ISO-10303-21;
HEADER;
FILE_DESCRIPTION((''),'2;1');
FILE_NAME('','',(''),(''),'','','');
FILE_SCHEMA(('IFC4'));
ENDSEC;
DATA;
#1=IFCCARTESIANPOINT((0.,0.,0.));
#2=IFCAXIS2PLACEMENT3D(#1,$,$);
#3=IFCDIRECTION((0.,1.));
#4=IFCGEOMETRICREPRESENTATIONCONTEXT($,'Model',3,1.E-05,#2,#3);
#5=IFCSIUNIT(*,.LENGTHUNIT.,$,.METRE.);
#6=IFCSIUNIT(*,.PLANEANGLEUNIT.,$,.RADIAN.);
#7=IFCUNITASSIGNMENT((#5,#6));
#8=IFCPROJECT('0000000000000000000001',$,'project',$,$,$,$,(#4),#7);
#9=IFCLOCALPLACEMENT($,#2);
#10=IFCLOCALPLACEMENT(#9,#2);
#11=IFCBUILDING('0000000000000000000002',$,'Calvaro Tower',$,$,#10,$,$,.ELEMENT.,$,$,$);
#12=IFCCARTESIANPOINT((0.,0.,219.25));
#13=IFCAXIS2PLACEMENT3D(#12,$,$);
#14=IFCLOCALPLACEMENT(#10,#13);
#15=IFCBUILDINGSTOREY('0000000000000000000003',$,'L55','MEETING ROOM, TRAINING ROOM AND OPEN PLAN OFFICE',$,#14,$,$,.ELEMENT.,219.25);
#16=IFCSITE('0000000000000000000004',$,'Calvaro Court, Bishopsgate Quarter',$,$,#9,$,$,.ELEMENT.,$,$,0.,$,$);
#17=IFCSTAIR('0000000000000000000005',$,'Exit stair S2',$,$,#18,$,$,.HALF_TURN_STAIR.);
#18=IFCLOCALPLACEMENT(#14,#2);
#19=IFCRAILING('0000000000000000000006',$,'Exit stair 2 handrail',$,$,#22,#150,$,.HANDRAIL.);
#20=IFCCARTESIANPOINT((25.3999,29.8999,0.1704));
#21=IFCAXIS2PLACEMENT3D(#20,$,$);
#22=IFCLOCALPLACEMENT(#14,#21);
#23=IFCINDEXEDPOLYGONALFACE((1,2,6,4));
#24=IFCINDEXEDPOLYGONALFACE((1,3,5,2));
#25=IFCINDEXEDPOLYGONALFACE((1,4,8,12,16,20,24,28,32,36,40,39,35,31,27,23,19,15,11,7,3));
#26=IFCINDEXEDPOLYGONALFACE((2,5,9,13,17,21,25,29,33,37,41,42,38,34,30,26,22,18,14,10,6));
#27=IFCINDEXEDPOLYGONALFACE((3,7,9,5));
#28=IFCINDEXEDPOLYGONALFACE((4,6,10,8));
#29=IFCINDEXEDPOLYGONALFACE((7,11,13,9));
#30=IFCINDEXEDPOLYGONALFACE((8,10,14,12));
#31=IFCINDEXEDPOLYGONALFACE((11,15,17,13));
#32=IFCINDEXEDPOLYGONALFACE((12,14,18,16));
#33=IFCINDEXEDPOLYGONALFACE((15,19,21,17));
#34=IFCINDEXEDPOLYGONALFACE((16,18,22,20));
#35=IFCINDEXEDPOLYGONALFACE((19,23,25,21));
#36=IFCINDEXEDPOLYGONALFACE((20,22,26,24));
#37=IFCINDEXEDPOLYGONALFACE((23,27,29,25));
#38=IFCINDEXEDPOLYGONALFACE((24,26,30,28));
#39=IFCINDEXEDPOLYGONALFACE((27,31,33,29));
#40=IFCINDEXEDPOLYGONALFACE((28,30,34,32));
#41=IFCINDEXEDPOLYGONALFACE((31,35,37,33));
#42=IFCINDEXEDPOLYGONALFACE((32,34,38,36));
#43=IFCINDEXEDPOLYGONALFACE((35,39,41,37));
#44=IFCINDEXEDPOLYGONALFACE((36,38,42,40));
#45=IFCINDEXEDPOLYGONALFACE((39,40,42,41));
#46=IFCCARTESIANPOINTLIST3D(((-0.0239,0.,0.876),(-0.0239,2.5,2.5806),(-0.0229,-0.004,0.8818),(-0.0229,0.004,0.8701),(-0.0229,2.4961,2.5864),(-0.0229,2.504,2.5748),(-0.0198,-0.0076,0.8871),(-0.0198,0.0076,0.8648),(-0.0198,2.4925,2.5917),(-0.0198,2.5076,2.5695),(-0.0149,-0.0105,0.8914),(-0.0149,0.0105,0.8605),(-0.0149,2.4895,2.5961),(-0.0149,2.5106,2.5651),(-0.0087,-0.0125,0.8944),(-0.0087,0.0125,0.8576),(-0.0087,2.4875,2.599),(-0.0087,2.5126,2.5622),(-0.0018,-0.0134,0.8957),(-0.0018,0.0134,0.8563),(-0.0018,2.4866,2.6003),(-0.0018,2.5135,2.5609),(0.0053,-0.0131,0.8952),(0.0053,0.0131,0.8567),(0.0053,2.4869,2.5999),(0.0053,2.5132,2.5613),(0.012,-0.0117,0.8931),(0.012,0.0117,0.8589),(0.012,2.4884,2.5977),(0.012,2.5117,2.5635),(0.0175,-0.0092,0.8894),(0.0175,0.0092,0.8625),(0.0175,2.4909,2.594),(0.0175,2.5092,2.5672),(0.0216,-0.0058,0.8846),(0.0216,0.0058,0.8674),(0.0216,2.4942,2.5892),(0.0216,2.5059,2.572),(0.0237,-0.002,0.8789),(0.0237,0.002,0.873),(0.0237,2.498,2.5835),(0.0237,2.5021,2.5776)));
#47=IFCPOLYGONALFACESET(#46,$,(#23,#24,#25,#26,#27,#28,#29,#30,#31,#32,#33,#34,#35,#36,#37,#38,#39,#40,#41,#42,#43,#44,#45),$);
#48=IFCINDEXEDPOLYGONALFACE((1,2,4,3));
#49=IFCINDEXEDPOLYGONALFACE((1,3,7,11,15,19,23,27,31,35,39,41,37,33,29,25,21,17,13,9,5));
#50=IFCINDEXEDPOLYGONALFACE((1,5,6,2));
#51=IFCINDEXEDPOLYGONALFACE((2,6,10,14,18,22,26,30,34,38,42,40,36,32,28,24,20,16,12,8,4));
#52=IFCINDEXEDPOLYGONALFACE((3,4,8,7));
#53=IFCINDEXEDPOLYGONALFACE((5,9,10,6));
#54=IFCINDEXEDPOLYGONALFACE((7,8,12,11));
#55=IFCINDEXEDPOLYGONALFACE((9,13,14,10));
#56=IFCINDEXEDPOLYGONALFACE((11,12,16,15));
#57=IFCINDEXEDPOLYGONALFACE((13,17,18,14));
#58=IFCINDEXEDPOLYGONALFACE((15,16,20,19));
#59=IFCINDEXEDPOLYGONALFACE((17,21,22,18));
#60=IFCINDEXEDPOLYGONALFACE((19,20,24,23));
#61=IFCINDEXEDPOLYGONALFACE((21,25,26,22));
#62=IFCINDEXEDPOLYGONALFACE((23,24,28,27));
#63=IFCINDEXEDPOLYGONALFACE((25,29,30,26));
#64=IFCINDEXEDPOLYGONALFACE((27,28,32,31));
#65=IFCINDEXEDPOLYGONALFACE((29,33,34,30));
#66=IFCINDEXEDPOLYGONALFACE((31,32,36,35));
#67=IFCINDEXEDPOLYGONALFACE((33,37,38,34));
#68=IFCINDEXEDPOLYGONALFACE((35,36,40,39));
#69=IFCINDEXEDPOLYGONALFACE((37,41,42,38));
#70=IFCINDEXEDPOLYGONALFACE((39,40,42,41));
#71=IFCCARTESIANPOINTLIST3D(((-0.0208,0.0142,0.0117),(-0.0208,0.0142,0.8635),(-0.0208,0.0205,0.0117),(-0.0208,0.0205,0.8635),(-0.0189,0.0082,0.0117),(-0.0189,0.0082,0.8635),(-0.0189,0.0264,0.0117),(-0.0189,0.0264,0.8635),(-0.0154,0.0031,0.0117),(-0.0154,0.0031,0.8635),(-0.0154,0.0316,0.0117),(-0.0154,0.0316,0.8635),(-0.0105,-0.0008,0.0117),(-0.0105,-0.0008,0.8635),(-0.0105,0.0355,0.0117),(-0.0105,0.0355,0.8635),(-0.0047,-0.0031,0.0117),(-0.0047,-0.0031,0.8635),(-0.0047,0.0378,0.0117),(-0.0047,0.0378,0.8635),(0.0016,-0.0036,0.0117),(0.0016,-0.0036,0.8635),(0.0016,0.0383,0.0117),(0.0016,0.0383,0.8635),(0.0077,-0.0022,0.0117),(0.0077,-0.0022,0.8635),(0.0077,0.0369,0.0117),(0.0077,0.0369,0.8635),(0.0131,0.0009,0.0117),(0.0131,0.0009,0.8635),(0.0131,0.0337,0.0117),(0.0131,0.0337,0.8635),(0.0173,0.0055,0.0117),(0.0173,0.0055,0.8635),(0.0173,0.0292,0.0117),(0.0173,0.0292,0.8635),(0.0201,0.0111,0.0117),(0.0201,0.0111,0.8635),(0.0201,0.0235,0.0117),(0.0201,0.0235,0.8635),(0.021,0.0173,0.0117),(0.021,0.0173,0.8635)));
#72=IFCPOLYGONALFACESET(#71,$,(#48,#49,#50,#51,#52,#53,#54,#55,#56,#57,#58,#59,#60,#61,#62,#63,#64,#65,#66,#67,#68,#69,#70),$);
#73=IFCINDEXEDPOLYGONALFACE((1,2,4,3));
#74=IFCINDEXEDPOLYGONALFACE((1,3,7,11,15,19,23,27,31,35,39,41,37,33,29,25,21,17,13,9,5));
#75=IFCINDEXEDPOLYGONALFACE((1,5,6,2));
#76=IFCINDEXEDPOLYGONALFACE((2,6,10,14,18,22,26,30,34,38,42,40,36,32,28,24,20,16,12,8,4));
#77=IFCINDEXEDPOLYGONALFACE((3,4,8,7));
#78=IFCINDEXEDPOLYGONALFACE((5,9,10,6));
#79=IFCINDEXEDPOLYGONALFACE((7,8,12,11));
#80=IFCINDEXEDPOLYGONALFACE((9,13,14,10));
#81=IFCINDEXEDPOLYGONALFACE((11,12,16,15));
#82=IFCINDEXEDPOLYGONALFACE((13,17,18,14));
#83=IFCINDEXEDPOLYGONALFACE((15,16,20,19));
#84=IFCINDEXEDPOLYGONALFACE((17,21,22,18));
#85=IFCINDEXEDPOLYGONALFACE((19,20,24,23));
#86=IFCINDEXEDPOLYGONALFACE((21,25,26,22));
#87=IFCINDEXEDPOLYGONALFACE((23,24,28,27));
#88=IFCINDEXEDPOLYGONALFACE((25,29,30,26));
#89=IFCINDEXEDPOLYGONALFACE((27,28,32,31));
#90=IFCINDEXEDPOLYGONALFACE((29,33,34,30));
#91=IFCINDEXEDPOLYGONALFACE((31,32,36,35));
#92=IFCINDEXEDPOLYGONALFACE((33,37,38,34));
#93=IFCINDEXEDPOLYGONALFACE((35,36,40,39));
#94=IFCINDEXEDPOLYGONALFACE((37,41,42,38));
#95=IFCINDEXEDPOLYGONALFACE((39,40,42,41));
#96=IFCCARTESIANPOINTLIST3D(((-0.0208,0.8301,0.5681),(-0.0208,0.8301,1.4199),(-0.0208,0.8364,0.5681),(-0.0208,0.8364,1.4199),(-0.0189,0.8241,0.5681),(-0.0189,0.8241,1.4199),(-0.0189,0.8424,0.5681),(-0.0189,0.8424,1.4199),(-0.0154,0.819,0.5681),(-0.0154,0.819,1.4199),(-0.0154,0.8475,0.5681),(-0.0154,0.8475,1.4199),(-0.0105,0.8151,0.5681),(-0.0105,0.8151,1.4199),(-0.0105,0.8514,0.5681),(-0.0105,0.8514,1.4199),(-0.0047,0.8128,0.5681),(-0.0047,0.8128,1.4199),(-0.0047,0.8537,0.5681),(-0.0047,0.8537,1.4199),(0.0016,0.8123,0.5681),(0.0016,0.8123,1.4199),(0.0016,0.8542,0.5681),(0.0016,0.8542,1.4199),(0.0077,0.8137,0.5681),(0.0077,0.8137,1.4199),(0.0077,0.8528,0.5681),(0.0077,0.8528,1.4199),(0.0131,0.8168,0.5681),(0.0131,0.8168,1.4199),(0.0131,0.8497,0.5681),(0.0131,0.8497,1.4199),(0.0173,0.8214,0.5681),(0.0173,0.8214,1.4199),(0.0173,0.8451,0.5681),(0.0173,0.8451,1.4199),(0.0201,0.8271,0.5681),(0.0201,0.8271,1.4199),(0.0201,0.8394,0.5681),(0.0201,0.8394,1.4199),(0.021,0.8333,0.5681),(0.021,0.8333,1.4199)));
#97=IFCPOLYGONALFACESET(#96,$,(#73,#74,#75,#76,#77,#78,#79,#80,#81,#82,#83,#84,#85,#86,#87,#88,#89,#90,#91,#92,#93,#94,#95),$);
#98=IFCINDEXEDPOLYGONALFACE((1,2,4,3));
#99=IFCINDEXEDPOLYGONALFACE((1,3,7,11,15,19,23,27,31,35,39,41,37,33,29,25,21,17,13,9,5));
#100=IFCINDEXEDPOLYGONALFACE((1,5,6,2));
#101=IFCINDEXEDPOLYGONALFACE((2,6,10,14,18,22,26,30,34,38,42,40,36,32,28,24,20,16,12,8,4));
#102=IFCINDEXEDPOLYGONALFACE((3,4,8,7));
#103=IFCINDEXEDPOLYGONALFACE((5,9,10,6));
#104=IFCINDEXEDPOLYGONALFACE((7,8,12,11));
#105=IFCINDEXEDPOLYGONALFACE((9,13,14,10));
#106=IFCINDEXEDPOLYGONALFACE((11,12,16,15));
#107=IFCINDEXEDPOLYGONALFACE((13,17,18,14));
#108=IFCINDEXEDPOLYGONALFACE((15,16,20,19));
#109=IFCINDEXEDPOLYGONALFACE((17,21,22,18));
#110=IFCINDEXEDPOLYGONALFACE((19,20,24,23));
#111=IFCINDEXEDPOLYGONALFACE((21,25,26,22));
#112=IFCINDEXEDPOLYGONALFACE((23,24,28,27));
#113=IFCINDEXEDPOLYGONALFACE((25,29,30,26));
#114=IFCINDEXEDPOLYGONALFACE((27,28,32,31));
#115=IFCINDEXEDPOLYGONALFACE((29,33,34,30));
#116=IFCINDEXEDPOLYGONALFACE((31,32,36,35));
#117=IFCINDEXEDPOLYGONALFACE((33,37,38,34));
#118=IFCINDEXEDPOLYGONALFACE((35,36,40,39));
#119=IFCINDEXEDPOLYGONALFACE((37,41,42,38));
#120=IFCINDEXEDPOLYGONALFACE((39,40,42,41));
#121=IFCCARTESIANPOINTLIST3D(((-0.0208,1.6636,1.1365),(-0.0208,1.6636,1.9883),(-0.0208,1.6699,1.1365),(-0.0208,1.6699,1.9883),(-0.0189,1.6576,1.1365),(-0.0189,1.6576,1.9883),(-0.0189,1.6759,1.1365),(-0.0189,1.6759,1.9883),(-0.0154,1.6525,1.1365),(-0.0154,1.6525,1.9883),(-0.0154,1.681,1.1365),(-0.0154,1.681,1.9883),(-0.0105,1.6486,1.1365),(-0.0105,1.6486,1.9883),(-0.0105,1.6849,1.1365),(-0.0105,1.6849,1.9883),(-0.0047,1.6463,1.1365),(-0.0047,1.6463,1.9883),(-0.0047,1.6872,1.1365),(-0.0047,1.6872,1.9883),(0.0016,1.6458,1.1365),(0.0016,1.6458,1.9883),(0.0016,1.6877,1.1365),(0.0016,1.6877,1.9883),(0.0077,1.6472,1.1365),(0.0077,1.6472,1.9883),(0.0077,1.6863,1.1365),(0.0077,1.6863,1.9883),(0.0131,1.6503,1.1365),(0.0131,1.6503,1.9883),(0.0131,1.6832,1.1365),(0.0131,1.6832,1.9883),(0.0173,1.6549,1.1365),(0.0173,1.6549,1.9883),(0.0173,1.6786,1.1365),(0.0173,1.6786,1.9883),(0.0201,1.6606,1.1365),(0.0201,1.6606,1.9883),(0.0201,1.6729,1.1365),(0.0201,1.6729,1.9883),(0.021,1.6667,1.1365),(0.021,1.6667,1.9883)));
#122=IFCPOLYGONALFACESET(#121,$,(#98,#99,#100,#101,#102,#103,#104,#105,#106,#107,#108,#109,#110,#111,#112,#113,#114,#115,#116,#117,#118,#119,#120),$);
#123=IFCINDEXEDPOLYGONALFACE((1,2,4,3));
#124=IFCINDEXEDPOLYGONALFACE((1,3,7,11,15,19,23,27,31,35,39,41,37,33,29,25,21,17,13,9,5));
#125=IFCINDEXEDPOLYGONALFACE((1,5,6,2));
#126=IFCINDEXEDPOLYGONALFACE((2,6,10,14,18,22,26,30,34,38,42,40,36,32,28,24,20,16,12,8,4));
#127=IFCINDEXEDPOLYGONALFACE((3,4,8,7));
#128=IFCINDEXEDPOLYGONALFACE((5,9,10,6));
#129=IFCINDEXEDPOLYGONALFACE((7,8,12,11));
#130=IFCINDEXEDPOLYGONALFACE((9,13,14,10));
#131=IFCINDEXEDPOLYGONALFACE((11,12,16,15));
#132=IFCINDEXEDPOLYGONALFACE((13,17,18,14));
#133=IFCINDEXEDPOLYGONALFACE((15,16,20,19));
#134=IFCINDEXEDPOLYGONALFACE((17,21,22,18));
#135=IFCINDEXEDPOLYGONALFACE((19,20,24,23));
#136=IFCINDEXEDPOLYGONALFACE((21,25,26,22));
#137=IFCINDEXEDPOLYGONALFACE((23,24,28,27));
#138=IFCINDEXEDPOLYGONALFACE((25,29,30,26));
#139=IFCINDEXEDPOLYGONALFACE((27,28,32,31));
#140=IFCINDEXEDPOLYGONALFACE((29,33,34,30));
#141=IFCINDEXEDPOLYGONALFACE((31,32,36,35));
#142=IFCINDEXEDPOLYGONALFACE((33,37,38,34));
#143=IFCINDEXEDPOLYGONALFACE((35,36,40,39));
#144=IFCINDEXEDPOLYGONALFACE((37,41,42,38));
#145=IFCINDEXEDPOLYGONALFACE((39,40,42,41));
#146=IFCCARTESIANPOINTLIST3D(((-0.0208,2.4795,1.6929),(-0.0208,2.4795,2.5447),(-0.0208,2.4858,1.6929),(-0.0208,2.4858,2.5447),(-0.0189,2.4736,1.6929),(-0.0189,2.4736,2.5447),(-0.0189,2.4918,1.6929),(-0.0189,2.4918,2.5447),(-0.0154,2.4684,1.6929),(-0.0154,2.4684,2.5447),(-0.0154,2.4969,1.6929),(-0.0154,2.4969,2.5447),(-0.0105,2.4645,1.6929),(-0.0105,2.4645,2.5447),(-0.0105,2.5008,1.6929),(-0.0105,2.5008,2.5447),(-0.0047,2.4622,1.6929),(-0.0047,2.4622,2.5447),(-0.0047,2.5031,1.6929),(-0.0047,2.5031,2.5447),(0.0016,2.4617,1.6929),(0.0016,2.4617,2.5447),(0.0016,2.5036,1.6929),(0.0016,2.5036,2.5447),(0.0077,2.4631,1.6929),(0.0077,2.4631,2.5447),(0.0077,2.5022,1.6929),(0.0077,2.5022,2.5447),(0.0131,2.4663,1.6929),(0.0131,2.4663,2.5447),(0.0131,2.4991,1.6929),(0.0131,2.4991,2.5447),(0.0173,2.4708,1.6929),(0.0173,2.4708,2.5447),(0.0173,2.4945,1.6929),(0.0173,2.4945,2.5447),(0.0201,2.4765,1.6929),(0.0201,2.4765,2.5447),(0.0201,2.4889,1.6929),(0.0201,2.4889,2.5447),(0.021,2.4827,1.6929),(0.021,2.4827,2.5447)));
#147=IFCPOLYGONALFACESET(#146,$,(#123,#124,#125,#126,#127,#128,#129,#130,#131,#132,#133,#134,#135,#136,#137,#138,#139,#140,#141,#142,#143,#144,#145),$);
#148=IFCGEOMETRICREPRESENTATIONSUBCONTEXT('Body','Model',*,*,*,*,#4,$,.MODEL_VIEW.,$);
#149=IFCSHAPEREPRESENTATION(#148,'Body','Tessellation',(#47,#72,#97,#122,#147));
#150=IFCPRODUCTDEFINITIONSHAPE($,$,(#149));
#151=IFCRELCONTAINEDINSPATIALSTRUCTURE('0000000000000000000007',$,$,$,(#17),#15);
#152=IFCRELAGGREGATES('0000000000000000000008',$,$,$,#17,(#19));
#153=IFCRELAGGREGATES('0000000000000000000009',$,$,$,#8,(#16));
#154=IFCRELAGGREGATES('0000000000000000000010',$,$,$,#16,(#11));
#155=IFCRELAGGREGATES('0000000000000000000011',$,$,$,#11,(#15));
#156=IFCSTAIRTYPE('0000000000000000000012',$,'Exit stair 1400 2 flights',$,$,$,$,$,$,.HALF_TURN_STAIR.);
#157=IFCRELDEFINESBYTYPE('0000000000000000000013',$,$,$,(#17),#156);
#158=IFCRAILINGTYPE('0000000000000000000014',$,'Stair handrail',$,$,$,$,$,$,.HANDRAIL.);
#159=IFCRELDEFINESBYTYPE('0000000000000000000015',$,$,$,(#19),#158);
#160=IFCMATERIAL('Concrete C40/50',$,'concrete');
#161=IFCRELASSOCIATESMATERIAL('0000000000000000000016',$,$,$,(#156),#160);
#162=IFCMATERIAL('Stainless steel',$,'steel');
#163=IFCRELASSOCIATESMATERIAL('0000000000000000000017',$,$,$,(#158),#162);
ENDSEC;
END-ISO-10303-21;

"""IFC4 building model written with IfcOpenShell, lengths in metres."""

from ifc_helpers import new_model, si_unit, direction, frame, origin, origin_2d, place, context, subcontext, project, spatial, circle, extrude, material, type_object, element, aggregate, save


model = new_model("IFC4")

# Units and contexts
model_context = context("Model", 3, precision=1e-05, world=origin(), true_north=direction((0.0, 1.0)))
body_context = subcontext(model_context, "Body", "Model", "MODEL_VIEW")
ifc_project = project(units=[si_unit("LENGTHUNIT", "METRE"), si_unit("PLANEANGLEUNIT", "RADIAN")], contexts=[model_context])

# Site, building, storey
site_placement = place(None, origin())
site = spatial("IfcSite", under=ifc_project, at=site_placement, Name="Calvaro Court, Bishopsgate Quarter", CompositionType="ELEMENT", RefElevation=0.0)
building_placement = place(site_placement, origin())
building = spatial("IfcBuilding", under=site, at=building_placement, Name="Calvaro Tower", CompositionType="ELEMENT")
storey_placement = place(building_placement, frame((0.0, 0.0, 219.25)))
storey = spatial("IfcBuildingStorey", under=building, at=storey_placement, Name="L55", Description="MEETING ROOM, TRAINING ROOM AND OPEN PLAN OFFICE", CompositionType="ELEMENT", Elevation=219.25)

# Stair
ifc_material_1 = material(Name="Concrete C40/50", Category="concrete")
stair_type = type_object("IfcStairType", Name="Exit stair 1400 2 flights", PredefinedType="HALF_TURN_STAIR", material=ifc_material_1)
stair_1_placement = place(storey_placement, origin())
stair_1 = element("IfcStair", 1, at=stair_1_placement, inside=storey, type_object=stair_type, Name="Exit stair S2", PredefinedType="HALF_TURN_STAIR")

# Shared definitions
ifc_material_2 = material(Name="Stainless steel", Category="steel")
railing_type = type_object("IfcRailingType", Name="Stair handrail", PredefinedType="HANDRAIL", material=ifc_material_2)

# Railing
railing_1_placement = place(storey_placement, frame((25.3999, 29.8999, 0.1704)))
railing_1 = element("IfcRailing", 2, at=railing_1_placement, type_object=railing_type, Name="Exit stair 2 handrail", PredefinedType="HANDRAIL", context=body_context, shape_type="SweptSolid", body=[
    extrude(circle(Radius=0.0239, at=origin_2d()), frame((0.0, 0.0, 0.876), z_axis=(0.0, 0.826221, 0.563347), x_axis=(-1.0, 0.0, 0.0)), (0.0, 0.0, 1.0), 3.0259),
    extrude(circle(Radius=0.021, at=origin_2d()), frame((0.0, 0.0173, 0.0117)), (0.0, 0.0, 1.0), 0.8518),
    extrude(circle(Radius=0.021, at=origin_2d()), frame((0.0, 0.8333, 0.5681)), (0.0, 0.0, 1.0), 0.8518),
    extrude(circle(Radius=0.021, at=origin_2d()), frame((0.0, 1.6667, 1.1365)), (0.0, 0.0, 1.0), 0.8518),
    extrude(circle(Radius=0.021, at=origin_2d()), frame((0.0, 2.4827, 1.6929)), (0.0, 0.0, 1.0), 0.8518),
])
aggregate(stair_1, [railing_1])

save(model, "model.ifc")
